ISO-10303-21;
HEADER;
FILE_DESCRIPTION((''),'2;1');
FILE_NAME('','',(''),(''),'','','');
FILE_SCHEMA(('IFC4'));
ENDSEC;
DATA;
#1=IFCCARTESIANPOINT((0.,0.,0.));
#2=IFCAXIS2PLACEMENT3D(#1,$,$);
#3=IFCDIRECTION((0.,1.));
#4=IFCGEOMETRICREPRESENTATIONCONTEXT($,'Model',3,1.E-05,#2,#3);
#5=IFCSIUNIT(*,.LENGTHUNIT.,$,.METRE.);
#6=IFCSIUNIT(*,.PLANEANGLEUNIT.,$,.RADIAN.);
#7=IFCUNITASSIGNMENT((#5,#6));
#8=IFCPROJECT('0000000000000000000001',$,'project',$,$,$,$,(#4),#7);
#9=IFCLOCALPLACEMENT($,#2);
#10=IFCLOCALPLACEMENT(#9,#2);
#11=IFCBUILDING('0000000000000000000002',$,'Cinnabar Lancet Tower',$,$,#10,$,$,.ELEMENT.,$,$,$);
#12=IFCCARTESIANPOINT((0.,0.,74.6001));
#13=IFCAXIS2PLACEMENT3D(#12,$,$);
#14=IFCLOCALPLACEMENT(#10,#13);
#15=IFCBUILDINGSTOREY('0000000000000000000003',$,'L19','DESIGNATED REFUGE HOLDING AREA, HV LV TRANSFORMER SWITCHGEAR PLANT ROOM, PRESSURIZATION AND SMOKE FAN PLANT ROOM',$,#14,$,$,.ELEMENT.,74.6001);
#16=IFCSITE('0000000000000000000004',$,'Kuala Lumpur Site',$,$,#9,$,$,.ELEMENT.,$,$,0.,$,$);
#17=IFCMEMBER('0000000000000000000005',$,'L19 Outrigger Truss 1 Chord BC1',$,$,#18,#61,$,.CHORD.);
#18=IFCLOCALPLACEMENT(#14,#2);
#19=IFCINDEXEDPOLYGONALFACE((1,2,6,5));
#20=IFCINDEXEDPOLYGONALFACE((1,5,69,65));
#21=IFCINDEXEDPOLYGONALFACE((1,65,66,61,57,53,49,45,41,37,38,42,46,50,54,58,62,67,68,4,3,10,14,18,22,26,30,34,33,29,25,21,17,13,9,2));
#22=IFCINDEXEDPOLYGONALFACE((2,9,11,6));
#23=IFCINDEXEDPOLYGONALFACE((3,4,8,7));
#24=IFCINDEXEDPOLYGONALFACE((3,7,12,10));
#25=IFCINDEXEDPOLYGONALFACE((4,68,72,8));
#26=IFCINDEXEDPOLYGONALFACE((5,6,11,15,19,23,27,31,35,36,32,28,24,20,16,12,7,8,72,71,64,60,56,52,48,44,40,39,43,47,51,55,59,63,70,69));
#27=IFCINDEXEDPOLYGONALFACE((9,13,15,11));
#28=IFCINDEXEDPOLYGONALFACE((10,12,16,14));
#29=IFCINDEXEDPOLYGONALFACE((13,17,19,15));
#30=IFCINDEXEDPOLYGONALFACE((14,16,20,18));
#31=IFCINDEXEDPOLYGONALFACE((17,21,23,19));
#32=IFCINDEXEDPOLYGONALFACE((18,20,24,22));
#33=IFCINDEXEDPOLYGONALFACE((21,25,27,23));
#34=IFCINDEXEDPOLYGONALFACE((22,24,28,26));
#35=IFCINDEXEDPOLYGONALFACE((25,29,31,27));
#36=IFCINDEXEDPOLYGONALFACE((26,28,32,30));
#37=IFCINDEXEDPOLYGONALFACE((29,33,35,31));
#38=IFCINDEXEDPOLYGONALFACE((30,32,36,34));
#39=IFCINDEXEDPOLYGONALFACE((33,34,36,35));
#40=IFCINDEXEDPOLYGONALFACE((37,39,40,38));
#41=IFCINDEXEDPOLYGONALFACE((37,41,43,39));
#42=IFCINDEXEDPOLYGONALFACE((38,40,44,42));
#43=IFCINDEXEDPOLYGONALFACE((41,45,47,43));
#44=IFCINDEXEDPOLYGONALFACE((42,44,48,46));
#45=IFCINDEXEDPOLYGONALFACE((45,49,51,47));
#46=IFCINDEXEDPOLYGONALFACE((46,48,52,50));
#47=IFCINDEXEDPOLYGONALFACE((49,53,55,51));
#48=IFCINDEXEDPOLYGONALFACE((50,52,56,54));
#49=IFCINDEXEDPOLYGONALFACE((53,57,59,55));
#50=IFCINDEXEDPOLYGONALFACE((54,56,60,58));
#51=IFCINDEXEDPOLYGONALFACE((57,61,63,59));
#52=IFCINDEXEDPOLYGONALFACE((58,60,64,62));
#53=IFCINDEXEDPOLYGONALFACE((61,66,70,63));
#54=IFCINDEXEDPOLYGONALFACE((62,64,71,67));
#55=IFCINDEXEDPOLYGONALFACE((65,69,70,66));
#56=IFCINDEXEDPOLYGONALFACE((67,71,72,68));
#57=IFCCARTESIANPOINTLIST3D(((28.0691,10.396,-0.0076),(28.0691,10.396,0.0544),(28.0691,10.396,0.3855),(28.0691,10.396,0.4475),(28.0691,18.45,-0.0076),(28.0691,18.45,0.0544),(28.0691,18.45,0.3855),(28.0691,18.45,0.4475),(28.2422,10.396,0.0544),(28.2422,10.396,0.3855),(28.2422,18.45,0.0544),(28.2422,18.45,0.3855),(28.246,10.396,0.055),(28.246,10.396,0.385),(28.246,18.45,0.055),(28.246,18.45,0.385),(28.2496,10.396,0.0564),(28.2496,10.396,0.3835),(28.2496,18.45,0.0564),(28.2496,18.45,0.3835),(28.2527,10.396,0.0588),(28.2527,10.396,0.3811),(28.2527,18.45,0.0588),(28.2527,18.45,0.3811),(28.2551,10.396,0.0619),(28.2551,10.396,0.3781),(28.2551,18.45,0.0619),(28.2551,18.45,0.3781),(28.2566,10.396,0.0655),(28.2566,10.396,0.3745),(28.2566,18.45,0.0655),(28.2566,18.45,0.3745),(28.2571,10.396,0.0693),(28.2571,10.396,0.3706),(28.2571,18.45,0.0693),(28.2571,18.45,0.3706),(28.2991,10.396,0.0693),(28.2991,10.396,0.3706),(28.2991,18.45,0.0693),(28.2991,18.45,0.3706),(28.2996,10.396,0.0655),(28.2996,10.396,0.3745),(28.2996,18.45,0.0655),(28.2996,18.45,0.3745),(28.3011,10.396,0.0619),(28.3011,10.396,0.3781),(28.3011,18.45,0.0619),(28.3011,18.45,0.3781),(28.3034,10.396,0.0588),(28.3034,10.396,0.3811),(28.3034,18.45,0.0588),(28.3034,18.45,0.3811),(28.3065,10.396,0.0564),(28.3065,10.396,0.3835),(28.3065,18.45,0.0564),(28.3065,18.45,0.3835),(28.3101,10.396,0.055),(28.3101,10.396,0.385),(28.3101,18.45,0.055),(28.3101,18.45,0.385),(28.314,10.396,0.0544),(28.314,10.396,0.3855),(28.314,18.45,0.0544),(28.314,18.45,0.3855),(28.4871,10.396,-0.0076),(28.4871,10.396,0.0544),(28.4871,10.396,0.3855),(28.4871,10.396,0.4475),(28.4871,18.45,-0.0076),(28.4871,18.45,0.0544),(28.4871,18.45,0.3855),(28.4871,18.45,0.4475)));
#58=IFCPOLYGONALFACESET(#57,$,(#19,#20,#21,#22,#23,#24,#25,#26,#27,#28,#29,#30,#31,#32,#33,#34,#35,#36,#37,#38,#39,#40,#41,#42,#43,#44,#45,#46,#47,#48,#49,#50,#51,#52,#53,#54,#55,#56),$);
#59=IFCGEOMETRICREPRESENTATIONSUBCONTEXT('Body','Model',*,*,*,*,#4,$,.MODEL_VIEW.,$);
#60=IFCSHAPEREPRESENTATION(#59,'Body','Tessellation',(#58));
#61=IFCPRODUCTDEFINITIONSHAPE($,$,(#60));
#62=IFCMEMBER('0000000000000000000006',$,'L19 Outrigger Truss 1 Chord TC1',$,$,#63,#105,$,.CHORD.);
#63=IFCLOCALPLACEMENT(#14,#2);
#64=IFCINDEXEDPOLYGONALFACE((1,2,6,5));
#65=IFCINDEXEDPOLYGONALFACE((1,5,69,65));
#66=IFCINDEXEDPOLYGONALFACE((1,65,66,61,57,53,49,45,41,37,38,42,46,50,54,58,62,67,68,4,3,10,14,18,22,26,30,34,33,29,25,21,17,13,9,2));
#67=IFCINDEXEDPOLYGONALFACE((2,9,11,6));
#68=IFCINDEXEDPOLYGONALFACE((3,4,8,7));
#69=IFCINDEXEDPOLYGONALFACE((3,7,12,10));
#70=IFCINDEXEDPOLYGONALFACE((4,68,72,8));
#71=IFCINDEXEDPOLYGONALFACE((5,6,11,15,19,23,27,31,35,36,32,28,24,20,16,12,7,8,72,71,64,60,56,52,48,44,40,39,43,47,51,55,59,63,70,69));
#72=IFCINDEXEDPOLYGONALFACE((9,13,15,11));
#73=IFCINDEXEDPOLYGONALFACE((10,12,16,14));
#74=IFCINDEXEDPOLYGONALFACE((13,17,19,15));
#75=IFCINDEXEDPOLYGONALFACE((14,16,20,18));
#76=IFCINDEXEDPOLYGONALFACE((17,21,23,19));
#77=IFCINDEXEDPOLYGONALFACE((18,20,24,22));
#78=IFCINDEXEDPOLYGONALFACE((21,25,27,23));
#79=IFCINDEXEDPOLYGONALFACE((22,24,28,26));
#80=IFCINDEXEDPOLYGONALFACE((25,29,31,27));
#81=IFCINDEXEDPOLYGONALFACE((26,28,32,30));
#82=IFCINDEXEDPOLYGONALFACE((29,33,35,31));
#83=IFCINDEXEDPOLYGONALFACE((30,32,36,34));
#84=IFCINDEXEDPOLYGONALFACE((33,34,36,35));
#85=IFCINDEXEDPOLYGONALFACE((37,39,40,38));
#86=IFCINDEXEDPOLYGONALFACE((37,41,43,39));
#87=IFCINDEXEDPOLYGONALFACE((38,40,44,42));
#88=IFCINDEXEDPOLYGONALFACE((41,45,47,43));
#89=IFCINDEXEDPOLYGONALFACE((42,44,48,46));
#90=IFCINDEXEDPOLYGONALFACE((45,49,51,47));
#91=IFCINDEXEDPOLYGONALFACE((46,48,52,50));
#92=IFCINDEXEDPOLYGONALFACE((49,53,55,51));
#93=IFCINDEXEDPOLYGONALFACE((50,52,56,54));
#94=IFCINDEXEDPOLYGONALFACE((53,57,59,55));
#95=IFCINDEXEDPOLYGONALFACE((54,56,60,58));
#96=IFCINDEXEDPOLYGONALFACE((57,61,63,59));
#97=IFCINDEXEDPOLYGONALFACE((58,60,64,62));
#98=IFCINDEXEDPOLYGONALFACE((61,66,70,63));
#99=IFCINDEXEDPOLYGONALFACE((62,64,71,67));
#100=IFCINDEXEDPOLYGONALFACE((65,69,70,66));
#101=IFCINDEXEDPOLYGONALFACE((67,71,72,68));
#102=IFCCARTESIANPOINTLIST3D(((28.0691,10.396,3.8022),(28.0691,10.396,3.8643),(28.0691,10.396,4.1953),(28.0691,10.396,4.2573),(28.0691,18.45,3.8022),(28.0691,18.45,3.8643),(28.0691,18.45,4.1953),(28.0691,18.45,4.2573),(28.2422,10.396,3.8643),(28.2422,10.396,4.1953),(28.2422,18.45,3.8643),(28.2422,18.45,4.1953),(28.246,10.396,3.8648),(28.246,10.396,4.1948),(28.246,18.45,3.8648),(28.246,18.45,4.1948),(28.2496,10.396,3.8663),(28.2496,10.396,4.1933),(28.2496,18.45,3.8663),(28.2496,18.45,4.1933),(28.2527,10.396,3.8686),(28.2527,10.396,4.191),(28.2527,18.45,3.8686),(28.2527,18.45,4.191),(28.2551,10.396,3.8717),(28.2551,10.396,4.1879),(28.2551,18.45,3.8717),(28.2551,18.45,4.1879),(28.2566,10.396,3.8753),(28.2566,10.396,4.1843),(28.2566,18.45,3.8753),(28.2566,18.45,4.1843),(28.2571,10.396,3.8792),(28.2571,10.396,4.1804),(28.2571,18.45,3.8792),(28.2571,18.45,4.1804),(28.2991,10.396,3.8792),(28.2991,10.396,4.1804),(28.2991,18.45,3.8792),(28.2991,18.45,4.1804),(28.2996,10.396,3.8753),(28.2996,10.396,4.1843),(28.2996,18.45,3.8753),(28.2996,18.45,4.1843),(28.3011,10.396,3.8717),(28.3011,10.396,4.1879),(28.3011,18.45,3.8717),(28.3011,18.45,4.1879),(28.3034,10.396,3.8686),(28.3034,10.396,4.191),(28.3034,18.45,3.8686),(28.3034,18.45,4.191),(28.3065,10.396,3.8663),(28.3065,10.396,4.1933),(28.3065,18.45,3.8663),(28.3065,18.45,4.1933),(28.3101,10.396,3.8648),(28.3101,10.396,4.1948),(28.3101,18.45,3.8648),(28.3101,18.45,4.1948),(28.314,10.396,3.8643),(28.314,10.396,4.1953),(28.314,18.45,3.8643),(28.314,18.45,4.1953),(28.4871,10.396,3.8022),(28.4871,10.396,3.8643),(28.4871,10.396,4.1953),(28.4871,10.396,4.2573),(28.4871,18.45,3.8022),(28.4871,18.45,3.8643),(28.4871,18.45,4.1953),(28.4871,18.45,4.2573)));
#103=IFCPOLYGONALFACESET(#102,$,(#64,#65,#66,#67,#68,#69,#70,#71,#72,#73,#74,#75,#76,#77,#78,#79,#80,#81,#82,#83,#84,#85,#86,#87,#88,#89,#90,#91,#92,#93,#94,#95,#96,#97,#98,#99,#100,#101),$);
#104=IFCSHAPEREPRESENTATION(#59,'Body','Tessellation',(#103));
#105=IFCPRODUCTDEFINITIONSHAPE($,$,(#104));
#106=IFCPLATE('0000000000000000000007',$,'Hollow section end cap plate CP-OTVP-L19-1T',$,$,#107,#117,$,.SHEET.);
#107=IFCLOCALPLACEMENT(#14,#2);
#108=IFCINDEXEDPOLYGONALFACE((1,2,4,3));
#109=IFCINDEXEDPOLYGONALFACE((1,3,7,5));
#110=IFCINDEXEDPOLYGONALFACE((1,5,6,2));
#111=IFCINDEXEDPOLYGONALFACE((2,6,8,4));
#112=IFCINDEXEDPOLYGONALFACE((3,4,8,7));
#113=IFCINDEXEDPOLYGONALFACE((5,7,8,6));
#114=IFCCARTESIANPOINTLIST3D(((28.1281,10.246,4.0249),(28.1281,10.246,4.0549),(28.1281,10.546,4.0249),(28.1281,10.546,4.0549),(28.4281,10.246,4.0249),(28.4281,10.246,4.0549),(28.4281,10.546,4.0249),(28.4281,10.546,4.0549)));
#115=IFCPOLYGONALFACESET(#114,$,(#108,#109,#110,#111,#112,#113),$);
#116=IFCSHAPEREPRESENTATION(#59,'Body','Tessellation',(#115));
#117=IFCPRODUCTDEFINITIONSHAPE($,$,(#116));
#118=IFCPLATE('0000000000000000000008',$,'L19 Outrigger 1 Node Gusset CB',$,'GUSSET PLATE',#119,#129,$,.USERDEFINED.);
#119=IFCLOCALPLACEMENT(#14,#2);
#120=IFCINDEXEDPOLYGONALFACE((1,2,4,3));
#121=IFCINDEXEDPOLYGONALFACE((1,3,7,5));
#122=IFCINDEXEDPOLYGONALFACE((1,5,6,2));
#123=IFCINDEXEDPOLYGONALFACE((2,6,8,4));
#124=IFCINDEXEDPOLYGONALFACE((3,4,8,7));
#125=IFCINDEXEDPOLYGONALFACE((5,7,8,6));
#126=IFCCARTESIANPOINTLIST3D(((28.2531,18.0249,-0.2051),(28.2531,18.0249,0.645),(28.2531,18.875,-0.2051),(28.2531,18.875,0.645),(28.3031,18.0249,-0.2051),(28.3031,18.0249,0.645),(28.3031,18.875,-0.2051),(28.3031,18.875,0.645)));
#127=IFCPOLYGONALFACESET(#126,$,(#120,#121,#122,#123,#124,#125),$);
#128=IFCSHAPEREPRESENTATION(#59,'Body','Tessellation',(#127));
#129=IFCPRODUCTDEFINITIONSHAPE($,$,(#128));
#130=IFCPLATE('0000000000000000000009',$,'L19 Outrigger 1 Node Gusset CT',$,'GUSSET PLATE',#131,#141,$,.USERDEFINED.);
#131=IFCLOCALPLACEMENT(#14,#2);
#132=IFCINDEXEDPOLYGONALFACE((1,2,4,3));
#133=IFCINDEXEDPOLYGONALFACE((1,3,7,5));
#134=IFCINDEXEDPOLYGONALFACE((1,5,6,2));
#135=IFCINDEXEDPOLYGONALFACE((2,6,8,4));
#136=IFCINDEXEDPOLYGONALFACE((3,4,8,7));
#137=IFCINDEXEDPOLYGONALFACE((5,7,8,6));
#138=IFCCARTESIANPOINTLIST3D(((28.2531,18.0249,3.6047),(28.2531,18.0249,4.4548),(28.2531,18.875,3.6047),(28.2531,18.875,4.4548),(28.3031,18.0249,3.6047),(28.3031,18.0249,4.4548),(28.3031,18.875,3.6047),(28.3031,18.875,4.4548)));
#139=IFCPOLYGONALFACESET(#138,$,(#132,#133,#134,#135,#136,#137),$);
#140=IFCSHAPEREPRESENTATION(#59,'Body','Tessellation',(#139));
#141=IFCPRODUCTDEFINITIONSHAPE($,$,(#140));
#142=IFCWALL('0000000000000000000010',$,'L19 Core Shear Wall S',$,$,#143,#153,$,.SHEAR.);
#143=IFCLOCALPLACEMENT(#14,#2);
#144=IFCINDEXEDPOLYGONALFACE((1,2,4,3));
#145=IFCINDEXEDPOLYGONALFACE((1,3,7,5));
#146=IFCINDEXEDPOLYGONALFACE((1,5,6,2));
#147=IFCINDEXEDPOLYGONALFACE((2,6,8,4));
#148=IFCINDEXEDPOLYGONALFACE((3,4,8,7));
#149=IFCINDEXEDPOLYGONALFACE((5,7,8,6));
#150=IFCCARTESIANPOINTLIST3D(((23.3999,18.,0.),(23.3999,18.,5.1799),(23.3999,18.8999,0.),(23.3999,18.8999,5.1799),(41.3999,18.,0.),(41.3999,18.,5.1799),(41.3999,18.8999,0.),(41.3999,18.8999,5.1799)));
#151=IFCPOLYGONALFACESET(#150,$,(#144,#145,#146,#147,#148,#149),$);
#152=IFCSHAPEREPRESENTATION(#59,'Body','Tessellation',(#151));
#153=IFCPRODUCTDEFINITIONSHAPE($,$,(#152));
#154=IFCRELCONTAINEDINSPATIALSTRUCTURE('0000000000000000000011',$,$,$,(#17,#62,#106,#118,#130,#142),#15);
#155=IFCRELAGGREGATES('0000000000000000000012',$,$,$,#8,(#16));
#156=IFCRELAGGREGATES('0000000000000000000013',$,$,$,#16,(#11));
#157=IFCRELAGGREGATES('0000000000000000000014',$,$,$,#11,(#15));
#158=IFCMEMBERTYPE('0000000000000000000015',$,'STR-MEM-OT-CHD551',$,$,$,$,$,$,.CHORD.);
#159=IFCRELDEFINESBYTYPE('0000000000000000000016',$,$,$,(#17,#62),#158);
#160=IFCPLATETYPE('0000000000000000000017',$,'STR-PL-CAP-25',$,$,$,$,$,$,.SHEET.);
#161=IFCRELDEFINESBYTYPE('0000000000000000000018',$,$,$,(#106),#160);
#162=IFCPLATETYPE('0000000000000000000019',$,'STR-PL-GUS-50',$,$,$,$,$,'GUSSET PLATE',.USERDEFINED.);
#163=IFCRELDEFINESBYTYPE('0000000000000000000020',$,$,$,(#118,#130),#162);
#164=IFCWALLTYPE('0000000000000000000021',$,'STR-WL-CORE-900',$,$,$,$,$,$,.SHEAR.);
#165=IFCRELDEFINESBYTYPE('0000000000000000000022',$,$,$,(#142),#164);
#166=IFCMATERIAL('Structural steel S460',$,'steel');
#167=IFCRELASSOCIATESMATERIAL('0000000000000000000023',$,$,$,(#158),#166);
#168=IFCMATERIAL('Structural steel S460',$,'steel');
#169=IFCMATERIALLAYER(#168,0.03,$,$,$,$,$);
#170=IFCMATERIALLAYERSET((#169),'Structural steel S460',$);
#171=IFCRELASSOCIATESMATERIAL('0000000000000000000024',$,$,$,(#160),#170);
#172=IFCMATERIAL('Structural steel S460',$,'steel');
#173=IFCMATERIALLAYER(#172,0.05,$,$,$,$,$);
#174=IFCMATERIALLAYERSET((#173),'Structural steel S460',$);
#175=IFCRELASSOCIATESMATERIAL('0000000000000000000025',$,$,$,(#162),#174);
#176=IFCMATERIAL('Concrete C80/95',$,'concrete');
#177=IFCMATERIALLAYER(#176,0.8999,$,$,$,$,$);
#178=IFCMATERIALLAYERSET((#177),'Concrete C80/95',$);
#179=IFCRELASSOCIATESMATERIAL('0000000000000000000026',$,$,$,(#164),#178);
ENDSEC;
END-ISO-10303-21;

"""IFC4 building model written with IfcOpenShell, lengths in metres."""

from ifc_helpers import new_model, si_unit, direction, frame, frame_2d, origin, origin_2d, place, context, subcontext, project, spatial, rectangle, i_section, extrude, material, layer, layer_set, material_profile, profile_set, type_object, element, save


model = new_model("IFC4")

# Units and contexts
model_context = context("Model", 3, precision=1e-05, world=origin(), true_north=direction((0.0, 1.0)))
body_context = subcontext(model_context, "Body", "Model", "MODEL_VIEW")
ifc_project = project(units=[si_unit("LENGTHUNIT", "METRE"), si_unit("PLANEANGLEUNIT", "RADIAN")], contexts=[model_context])

# Site, building, storey
site_placement = place(None, origin())
site = spatial("IfcSite", under=ifc_project, at=site_placement, Name="Kuala Lumpur Site", CompositionType="ELEMENT", RefElevation=0.0)
building_placement = place(site_placement, origin())
building = spatial("IfcBuilding", under=site, at=building_placement, Name="Cinnabar Lancet Tower", CompositionType="ELEMENT")
storey_placement = place(building_placement, frame((0.0, 0.0, 74.6001)))
storey = spatial("IfcBuildingStorey", under=building, at=storey_placement, Name="L19", Description="DESIGNATED REFUGE HOLDING AREA, HV LV TRANSFORMER SWITCHGEAR PLANT ROOM, PRESSURIZATION AND SMOKE FAN PLANT ROOM", CompositionType="ELEMENT", Elevation=74.6001)

# Members
ifc_material_1 = material(Name="Structural steel S460", Category="steel")
ifc_material_profile_1 = material_profile(ifc_material_1, i_section(OverallWidth=0.418, OverallDepth=0.4551, WebThickness=0.042, FlangeThickness=0.062, FilletRadius=0.0149, at=origin_2d()), Name="HD 400x551")
ifc_profile_set_1 = profile_set([ifc_material_profile_1], Name="Structural steel S460")
member_type_1 = type_object("IfcMemberType", Name="STR-MEM-OT-CHD551", PredefinedType="CHORD", material=ifc_profile_set_1)
for number, where, z_axis, x_axis, name in (
    (1, (28.2781, 18.45, 0.22), (0.0, -1.0, 0.0), (1.0, 0.0, 0.0), "L19 Outrigger Truss 1 Chord BC1"),
    (2, (28.2781, 18.45, 4.0298), (0.0, -1.0, 0.0), (1.0, 0.0, 0.0), "L19 Outrigger Truss 1 Chord TC1"),
):
    element("IfcMember", number, at=place(storey_placement, frame(where, z_axis=z_axis, x_axis=x_axis)), inside=storey, type_object=member_type_1, Name=name, PredefinedType="CHORD", context=body_context, shape_type="SweptSolid", body=[
        extrude(i_section(OverallWidth=0.418, OverallDepth=0.4551, WebThickness=0.042, FlangeThickness=0.062, FilletRadius=0.0149, at=origin_2d()), origin(), (0.0, 0.0, 1.0), 8.054),
    ])

# Plates
ifc_material_2 = material(Name="Structural steel S460", Category="steel")
ifc_layer_1 = layer(ifc_material_2, 0.03)
ifc_layer_set_1 = layer_set([ifc_layer_1], Name="Structural steel S460")
plate_type_1 = type_object("IfcPlateType", Name="STR-PL-CAP-25", PredefinedType="SHEET", material=ifc_layer_set_1)
plate_placement = place(storey_placement, frame((28.2781, 10.396, 4.0249), z_axis=(0.0, 0.0, 1.0), x_axis=(1.0, 0.0, 0.0)))
element("IfcPlate", 3, at=plate_placement, inside=storey, type_object=plate_type_1, Name="Hollow section end cap plate CP-OTVP-L19-1T", PredefinedType="SHEET", context=body_context, shape_type="SweptSolid", body=[
    extrude(rectangle(XDim=0.3, YDim=0.3, at=origin_2d()), origin(), (0.0, 0.0, 1.0), 0.03),
])
ifc_material_3 = material(Name="Structural steel S460", Category="steel")
ifc_layer_2 = layer(ifc_material_3, 0.05)
ifc_layer_set_2 = layer_set([ifc_layer_2], Name="Structural steel S460")
plate_type_2 = type_object("IfcPlateType", Name="STR-PL-GUS-50", ElementType="GUSSET PLATE", PredefinedType="USERDEFINED", material=ifc_layer_set_2)
for number, where, z_axis, x_axis, name in (
    (4, (28.2781, 18.45, -0.2051), (0.0, 0.0, 1.0), (1.0, 0.0, 0.0), "L19 Outrigger 1 Node Gusset CB"),
    (5, (28.2781, 18.45, 3.6047), (0.0, 0.0, 1.0), (1.0, 0.0, 0.0), "L19 Outrigger 1 Node Gusset CT"),
):
    element("IfcPlate", number, at=place(storey_placement, frame(where, z_axis=z_axis, x_axis=x_axis)), inside=storey, type_object=plate_type_2, Name=name, ObjectType="GUSSET PLATE", PredefinedType="USERDEFINED", context=body_context, shape_type="SweptSolid", body=[
        extrude(rectangle(XDim=0.05, YDim=0.8501, at=origin_2d()), origin(), (0.0, 0.0, 1.0), 0.8501),
    ])

# Wall
ifc_material_4 = material(Name="Concrete C80/95", Category="concrete")
ifc_layer_3 = layer(ifc_material_4, 0.8999)
ifc_layer_set_3 = layer_set([ifc_layer_3], Name="Concrete C80/95")
wall_type = type_object("IfcWallType", Name="STR-WL-CORE-900", PredefinedType="SHEAR", material=ifc_layer_set_3)
wall_placement = place(storey_placement, frame((23.3999, 18.45, 0.0), z_axis=(0.0, 0.0, 1.0), x_axis=(1.0, 0.0, 0.0)))
element("IfcWall", 6, at=wall_placement, inside=storey, type_object=wall_type, Name="L19 Core Shear Wall S", PredefinedType="SHEAR", context=body_context, shape_type="SweptSolid", body=[
    extrude(rectangle(XDim=18.0, YDim=0.8999, at=frame_2d((9.0, 0.0))), origin(), (0.0, 0.0, 1.0), 5.1799),
])

save(model, "model.ifc")
